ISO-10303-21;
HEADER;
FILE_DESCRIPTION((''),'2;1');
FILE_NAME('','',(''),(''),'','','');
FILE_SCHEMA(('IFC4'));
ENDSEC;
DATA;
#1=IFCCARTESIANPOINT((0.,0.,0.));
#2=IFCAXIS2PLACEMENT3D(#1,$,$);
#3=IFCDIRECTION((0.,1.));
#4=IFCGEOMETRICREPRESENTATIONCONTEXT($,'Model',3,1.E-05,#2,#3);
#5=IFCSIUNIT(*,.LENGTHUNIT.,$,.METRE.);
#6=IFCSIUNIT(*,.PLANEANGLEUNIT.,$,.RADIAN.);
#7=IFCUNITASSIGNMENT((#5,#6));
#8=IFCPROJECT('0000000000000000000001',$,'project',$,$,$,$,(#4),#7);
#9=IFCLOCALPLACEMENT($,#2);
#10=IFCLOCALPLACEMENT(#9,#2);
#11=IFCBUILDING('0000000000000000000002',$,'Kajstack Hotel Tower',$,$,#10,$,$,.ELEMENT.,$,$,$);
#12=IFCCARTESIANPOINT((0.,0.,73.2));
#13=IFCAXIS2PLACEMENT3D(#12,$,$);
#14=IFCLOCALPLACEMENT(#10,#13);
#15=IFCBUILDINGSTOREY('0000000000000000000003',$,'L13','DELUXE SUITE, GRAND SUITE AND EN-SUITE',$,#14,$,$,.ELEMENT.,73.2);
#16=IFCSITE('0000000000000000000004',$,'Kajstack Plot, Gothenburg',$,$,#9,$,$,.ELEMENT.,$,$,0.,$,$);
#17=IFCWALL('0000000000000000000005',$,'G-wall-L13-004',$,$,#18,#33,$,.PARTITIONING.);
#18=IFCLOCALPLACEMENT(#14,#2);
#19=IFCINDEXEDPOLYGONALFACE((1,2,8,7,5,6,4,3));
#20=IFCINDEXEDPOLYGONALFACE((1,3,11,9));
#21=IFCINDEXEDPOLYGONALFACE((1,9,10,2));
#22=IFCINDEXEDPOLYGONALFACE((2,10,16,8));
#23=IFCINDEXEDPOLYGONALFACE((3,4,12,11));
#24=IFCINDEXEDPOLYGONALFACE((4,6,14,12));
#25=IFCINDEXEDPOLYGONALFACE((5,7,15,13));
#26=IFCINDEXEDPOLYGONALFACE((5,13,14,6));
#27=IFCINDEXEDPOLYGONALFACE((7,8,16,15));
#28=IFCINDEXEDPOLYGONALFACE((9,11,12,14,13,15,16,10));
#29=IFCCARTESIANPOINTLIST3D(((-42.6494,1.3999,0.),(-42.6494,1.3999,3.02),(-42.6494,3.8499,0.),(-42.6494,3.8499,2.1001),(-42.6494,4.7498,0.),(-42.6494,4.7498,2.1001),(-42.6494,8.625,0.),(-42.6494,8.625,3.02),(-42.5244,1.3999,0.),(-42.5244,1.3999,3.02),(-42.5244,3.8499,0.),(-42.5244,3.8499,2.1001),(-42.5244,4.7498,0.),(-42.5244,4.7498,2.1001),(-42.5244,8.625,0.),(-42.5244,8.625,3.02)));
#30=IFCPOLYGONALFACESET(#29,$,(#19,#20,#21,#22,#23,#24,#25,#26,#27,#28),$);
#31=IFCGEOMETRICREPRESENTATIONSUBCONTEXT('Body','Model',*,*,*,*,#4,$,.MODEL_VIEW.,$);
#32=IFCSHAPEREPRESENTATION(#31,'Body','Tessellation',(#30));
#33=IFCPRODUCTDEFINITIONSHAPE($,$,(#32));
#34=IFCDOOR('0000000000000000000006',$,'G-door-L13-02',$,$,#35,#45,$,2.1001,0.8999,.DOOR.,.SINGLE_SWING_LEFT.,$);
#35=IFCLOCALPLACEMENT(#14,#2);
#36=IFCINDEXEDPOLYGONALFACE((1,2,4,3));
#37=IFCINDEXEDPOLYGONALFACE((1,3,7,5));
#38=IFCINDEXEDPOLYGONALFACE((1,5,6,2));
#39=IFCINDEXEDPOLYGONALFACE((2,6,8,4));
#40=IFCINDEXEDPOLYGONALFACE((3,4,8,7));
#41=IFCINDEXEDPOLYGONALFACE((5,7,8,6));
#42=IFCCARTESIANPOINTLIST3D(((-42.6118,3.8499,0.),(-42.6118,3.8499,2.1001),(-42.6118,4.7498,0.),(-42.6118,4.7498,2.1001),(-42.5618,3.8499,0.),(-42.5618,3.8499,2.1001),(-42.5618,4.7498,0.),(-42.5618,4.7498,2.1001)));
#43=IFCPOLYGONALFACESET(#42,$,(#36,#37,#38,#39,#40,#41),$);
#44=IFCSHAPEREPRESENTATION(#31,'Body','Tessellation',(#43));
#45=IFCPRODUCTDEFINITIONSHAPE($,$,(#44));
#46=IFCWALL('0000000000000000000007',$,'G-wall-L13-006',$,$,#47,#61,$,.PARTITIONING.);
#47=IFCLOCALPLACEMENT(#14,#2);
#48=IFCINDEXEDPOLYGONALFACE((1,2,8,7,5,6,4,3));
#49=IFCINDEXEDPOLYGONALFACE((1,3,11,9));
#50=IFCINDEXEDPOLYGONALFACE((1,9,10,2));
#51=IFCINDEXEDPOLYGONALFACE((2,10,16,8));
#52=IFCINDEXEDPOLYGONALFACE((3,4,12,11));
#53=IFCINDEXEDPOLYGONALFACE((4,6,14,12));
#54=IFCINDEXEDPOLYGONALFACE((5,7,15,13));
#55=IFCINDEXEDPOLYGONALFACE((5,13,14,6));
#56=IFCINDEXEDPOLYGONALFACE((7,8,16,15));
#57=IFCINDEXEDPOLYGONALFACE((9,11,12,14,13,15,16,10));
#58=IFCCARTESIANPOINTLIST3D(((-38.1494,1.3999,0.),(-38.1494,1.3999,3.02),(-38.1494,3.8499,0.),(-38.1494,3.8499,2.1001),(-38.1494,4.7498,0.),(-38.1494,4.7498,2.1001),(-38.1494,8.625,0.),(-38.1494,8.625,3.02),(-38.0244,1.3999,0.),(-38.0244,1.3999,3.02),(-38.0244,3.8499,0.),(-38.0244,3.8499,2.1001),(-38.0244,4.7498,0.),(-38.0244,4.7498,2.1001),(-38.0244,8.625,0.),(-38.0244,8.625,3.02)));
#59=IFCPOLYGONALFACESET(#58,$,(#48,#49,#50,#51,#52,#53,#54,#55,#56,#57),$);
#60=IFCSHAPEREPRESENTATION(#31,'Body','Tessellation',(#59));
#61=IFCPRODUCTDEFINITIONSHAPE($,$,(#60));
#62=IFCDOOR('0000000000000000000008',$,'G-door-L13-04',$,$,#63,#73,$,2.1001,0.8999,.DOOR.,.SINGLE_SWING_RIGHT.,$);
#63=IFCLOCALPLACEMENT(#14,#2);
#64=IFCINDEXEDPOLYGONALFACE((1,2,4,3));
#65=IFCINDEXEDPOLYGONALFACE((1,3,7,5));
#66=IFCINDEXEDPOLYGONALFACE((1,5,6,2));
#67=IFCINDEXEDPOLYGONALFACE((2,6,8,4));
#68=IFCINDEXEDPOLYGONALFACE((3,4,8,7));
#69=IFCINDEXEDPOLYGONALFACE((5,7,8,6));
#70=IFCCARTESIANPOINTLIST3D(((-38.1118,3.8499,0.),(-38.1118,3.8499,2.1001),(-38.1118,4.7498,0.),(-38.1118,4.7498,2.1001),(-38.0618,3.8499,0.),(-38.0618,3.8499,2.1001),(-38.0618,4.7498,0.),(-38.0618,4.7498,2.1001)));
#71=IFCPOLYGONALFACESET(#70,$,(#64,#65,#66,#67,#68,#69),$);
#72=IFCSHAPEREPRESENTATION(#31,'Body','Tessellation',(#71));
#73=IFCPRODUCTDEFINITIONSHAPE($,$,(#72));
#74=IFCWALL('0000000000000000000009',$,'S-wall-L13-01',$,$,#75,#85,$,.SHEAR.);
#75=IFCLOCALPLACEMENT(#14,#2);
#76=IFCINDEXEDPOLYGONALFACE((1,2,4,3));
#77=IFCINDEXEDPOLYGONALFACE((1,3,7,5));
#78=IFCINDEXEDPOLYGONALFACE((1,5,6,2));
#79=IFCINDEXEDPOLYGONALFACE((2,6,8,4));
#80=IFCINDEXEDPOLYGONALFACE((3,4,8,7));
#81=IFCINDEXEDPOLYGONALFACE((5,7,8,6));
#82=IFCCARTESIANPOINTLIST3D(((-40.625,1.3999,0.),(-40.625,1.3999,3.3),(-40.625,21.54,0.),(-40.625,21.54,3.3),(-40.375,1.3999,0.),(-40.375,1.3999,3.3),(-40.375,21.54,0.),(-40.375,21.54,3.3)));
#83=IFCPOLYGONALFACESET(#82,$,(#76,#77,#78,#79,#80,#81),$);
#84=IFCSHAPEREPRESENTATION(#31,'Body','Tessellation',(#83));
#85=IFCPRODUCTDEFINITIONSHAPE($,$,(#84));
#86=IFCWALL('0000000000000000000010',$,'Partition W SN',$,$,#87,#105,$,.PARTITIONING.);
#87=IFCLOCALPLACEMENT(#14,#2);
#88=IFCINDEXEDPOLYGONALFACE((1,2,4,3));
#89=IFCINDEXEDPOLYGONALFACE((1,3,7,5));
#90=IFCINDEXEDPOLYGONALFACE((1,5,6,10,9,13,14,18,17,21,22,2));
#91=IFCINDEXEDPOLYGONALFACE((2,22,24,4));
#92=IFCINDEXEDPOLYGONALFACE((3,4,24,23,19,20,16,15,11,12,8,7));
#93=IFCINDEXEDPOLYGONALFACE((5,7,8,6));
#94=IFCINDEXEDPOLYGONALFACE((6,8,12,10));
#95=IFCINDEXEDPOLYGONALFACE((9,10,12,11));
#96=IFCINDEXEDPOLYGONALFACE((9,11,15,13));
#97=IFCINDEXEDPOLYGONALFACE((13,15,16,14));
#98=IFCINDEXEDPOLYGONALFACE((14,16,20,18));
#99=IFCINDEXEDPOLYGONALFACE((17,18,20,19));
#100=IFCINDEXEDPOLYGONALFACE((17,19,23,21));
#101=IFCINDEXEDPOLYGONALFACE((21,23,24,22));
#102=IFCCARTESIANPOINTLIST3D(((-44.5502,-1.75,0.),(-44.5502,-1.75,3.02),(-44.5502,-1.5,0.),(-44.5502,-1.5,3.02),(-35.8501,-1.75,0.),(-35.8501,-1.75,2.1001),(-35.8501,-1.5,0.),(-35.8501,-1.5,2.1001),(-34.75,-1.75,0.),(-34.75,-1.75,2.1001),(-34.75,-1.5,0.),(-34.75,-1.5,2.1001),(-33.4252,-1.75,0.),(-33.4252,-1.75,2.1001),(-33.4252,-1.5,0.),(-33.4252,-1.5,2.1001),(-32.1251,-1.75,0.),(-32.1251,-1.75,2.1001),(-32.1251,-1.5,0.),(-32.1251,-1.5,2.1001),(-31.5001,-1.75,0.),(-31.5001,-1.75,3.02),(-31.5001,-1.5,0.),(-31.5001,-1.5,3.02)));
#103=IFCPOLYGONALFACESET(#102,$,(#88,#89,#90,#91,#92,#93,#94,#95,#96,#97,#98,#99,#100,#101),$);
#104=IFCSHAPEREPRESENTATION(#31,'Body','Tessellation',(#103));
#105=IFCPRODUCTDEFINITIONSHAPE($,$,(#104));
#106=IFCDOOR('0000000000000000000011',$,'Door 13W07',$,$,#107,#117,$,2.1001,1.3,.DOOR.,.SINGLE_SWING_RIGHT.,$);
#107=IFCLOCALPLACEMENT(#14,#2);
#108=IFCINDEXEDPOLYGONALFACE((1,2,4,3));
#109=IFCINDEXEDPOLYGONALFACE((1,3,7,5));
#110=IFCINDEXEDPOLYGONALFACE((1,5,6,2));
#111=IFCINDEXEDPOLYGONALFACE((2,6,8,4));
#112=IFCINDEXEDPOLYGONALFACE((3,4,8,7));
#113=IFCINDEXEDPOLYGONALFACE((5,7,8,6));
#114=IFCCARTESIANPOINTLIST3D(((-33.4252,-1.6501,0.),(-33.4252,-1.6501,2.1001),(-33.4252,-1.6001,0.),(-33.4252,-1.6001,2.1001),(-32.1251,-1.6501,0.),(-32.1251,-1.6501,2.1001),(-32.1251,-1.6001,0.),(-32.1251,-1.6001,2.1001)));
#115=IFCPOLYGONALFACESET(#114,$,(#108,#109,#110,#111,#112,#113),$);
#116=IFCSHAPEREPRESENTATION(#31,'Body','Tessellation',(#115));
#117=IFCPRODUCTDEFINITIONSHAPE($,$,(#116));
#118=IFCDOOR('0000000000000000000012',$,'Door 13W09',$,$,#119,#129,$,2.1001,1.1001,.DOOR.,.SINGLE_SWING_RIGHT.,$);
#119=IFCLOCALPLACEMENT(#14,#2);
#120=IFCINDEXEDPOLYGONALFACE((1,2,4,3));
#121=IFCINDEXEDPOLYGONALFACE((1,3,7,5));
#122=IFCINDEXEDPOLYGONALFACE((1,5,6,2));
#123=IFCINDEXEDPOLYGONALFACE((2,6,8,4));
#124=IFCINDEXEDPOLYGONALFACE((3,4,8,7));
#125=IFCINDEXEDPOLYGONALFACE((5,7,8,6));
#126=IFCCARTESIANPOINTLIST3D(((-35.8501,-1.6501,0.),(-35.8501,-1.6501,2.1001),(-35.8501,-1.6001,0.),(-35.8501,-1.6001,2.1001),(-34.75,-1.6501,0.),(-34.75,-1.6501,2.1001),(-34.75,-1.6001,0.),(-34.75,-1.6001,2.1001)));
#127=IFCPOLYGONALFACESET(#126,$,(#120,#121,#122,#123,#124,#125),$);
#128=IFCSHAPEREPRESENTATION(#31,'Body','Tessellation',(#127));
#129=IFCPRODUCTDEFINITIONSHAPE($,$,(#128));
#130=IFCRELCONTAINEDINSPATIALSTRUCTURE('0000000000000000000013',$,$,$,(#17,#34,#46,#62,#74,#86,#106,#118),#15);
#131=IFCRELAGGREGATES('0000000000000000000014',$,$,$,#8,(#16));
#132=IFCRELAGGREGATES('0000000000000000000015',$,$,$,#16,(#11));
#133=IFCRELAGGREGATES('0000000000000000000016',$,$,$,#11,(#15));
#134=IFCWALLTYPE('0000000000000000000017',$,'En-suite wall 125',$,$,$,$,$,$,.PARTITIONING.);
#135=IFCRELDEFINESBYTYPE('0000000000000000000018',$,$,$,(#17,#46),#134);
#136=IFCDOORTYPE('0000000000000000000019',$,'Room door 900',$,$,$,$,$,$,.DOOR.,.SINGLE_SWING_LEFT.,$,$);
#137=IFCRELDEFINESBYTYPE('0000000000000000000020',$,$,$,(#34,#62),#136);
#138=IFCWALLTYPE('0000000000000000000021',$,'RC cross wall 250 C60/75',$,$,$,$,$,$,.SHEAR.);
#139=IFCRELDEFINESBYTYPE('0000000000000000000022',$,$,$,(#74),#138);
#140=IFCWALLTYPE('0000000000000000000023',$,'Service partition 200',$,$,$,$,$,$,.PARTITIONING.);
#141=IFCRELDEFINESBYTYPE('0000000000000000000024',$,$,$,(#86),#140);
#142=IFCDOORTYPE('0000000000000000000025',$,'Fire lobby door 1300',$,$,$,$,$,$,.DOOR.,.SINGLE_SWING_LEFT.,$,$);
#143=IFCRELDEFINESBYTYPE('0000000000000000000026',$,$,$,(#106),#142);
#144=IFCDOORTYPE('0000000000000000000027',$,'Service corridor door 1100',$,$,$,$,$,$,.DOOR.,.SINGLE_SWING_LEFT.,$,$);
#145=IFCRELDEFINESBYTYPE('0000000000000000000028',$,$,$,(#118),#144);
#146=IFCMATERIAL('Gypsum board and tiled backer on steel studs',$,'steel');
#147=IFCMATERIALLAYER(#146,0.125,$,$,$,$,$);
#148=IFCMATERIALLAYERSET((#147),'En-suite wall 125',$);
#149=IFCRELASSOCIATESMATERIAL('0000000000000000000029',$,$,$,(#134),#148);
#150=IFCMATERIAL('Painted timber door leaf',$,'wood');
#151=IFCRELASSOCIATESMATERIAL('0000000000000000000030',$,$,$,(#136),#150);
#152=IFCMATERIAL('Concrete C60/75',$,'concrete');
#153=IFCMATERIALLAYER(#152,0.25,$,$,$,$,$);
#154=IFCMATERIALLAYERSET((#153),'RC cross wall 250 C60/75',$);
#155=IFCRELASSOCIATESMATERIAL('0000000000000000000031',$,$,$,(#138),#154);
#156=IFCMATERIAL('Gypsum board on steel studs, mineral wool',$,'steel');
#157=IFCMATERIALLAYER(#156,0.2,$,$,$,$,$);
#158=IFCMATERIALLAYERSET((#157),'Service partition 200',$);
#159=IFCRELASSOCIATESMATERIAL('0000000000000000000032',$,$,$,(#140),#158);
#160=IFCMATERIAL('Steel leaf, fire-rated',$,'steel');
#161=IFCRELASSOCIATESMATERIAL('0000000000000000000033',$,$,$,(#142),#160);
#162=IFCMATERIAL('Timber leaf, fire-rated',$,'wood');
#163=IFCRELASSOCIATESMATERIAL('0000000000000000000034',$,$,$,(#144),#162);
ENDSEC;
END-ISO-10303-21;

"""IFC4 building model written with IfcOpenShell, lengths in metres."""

from ifc_helpers import new_model, si_unit, direction, frame, frame_2d, origin, place, context, subcontext, project, spatial, rectangle, extrude, material, layer, layer_set, type_object, element, fill, save


model = new_model("IFC4")

# Units and contexts
model_context = context("Model", 3, precision=1e-05, world=origin(), true_north=direction((0.0, 1.0)))
body_context = subcontext(model_context, "Body", "Model", "MODEL_VIEW")
ifc_project = project(units=[si_unit("LENGTHUNIT", "METRE"), si_unit("PLANEANGLEUNIT", "RADIAN")], contexts=[model_context])

# Site, building, storey
site_placement = place(None, origin())
site = spatial("IfcSite", under=ifc_project, at=site_placement, Name="Kajstack Plot, Gothenburg", CompositionType="ELEMENT", RefElevation=0.0)
building_placement = place(site_placement, origin())
building = spatial("IfcBuilding", under=site, at=building_placement, Name="Kajstack Hotel Tower", CompositionType="ELEMENT")
storey_placement = place(building_placement, frame((0.0, 0.0, 73.2)))
storey = spatial("IfcBuildingStorey", under=building, at=storey_placement, Name="L13", Description="DELUXE SUITE, GRAND SUITE AND EN-SUITE", CompositionType="ELEMENT", Elevation=73.2)

# Shared definitions
ifc_material_1 = material(Name="Gypsum board on steel studs, mineral wool", Category="steel")

# Walls, openings, doors
ifc_material_2 = material(Name="Gypsum board and tiled backer on steel studs", Category="steel")
ifc_layer_1 = layer(ifc_material_2, 0.125)
ifc_layer_set_1 = layer_set([ifc_layer_1], Name="En-suite wall 125")
wall_type_1 = type_object("IfcWallType", Name="En-suite wall 125", PredefinedType="PARTITIONING", material=ifc_layer_set_1)
wall_1_placement = place(storey_placement, frame((-42.5869, 1.3999, 0.0), z_axis=(0.0, 0.0, 1.0), x_axis=(0.0, 1.0, 0.0)))
wall_1 = element("IfcWall", 1, at=wall_1_placement, inside=storey, type_object=wall_type_1, Name="G-wall-L13-004", PredefinedType="PARTITIONING", context=body_context, shape_type="SweptSolid", body=[
    extrude(rectangle(XDim=7.2251, YDim=0.125, at=frame_2d((3.6125, 0.0))), origin(), (0.0, 0.0, 1.0), 3.02),
])
opening_1_placement = place(wall_1_placement, frame((2.45, 0.0, 0.0)))
opening_1 = element("IfcOpeningElement", 2, at=opening_1_placement, cuts=wall_1, PredefinedType="OPENING", context=body_context, shape_type="SweptSolid", body=[
    extrude(rectangle(XDim=0.8999, YDim=2.1001, at=frame_2d((0.45, 1.05))), frame((0.0, 0.0725, 0.0), z_axis=(0.0, -1.0, 0.0), x_axis=(1.0, 0.0, 0.0)), (0.0, 0.0, 1.0), 0.145),
])
ifc_material_3 = material(Name="Painted timber door leaf", Category="wood")
door_type_1 = type_object("IfcDoorType", Name="Room door 900", OperationType="SINGLE_SWING_LEFT", PredefinedType="DOOR", material=ifc_material_3)
door_1_placement = place(opening_1_placement, origin())
door_1 = element("IfcDoor", 3, at=door_1_placement, inside=storey, type_object=door_type_1, Name="G-door-L13-02", OperationType="SINGLE_SWING_LEFT", OverallHeight=2.1001, OverallWidth=0.8999, PredefinedType="DOOR", context=body_context, shape_type="SweptSolid", body=[
    extrude(rectangle(XDim=0.8999, YDim=2.1001, at=frame_2d((0.45, 1.05))), frame((0.0, 0.0249, 0.0), z_axis=(0.0, -1.0, 0.0), x_axis=(1.0, 0.0, 0.0)), (0.0, 0.0, 1.0), 0.05),
])
fill(opening_1, door_1)
wall_2_placement = place(storey_placement, frame((-38.0869, 1.3999, 0.0), z_axis=(0.0, 0.0, 1.0), x_axis=(0.0, 1.0, 0.0)))
wall_2 = element("IfcWall", 4, at=wall_2_placement, inside=storey, type_object=wall_type_1, Name="G-wall-L13-006", PredefinedType="PARTITIONING", context=body_context, shape_type="SweptSolid", body=[
    extrude(rectangle(XDim=7.2251, YDim=0.125, at=frame_2d((3.6125, 0.0))), origin(), (0.0, 0.0, 1.0), 3.02),
])
opening_2_placement = place(wall_2_placement, frame((2.45, 0.0, 0.0)))
opening_2 = element("IfcOpeningElement", 5, at=opening_2_placement, cuts=wall_2, PredefinedType="OPENING", context=body_context, shape_type="SweptSolid", body=[
    extrude(rectangle(XDim=0.8999, YDim=2.1001, at=frame_2d((0.45, 1.05))), frame((0.0, 0.0725, 0.0), z_axis=(0.0, -1.0, 0.0), x_axis=(1.0, 0.0, 0.0)), (0.0, 0.0, 1.0), 0.145),
])
door_2_placement = place(opening_2_placement, origin())
door_2 = element("IfcDoor", 6, at=door_2_placement, inside=storey, type_object=door_type_1, Name="G-door-L13-04", OperationType="SINGLE_SWING_RIGHT", OverallHeight=2.1001, OverallWidth=0.8999, PredefinedType="DOOR", context=body_context, shape_type="SweptSolid", body=[
    extrude(rectangle(XDim=0.8999, YDim=2.1001, at=frame_2d((0.45, 1.05))), frame((0.0, 0.0249, 0.0), z_axis=(0.0, -1.0, 0.0), x_axis=(1.0, 0.0, 0.0)), (0.0, 0.0, 1.0), 0.05),
])
fill(opening_2, door_2)

# Wall
ifc_material_4 = material(Name="Concrete C60/75", Category="concrete")
ifc_layer_2 = layer(ifc_material_4, 0.25)
ifc_layer_set_2 = layer_set([ifc_layer_2], Name="RC cross wall 250 C60/75")
wall_type_2 = type_object("IfcWallType", Name="RC cross wall 250 C60/75", PredefinedType="SHEAR", material=ifc_layer_set_2)
wall_3_placement = place(storey_placement, frame((-40.5, 1.3999, 0.0), z_axis=(0.0, 0.0, 1.0), x_axis=(0.0, 1.0, 0.0)))
element("IfcWall", 7, at=wall_3_placement, inside=storey, type_object=wall_type_2, Name="S-wall-L13-01", PredefinedType="SHEAR", context=body_context, shape_type="SweptSolid", body=[
    extrude(rectangle(XDim=20.1401, YDim=0.25, at=frame_2d((10.0701, 0.0))), origin(), (0.0, 0.0, 1.0), 3.3),
])

# Wall, openings, doors
ifc_layer_3 = layer(ifc_material_1, 0.2)
ifc_layer_set_3 = layer_set([ifc_layer_3], Name="Service partition 200")
wall_type_3 = type_object("IfcWallType", Name="Service partition 200", PredefinedType="PARTITIONING", material=ifc_layer_set_3)
wall_4_placement = place(storey_placement, frame((-44.55, -1.625, 0.0), z_axis=(0.0, 0.0, 1.0), x_axis=(1.0, 0.0, 0.0)))
wall_4 = element("IfcWall", 8, at=wall_4_placement, inside=storey, type_object=wall_type_3, Name="Partition W SN", PredefinedType="PARTITIONING", context=body_context, shape_type="SweptSolid", body=[
    extrude(rectangle(XDim=13.05, YDim=0.25, at=frame_2d((6.5249, 0.0))), origin(), (0.0, 0.0, 1.0), 3.02),
])
opening_3_placement = place(wall_4_placement, frame((11.125, 0.0, 0.0)))
opening_3 = element("IfcOpeningElement", 9, at=opening_3_placement, cuts=wall_4, PredefinedType="OPENING", context=body_context, shape_type="SweptSolid", body=[
    extrude(rectangle(XDim=1.3, YDim=2.1001, at=frame_2d((0.6499, 1.05))), frame((0.0, 0.135, 0.0), z_axis=(0.0, -1.0, 0.0), x_axis=(1.0, 0.0, 0.0)), (0.0, 0.0, 1.0), 0.27),
])
opening_4_placement = place(wall_4_placement, frame((8.7, 0.0, 0.0)))
opening_4 = element("IfcOpeningElement", 10, at=opening_4_placement, cuts=wall_4, PredefinedType="OPENING", context=body_context, shape_type="SweptSolid", body=[
    extrude(rectangle(XDim=1.1001, YDim=2.1001, at=frame_2d((0.55, 1.05))), frame((0.0, 0.135, 0.0), z_axis=(0.0, -1.0, 0.0), x_axis=(1.0, 0.0, 0.0)), (0.0, 0.0, 1.0), 0.27),
])
ifc_material_5 = material(Name="Steel leaf, fire-rated", Category="steel")
door_type_2 = type_object("IfcDoorType", Name="Fire lobby door 1300", OperationType="SINGLE_SWING_LEFT", PredefinedType="DOOR", material=ifc_material_5)
door_3_placement = place(opening_3_placement, origin())
door_3 = element("IfcDoor", 11, at=door_3_placement, inside=storey, type_object=door_type_2, Name="Door 13W07", OperationType="SINGLE_SWING_RIGHT", OverallHeight=2.1001, OverallWidth=1.3, PredefinedType="DOOR", context=body_context, shape_type="SweptSolid", body=[
    extrude(rectangle(XDim=1.3, YDim=2.1001, at=frame_2d((0.6499, 1.05))), frame((0.0, 0.0249, 0.0), z_axis=(0.0, -1.0, 0.0), x_axis=(1.0, 0.0, 0.0)), (0.0, 0.0, 1.0), 0.05),
])
fill(opening_3, door_3)
ifc_material_6 = material(Name="Timber leaf, fire-rated", Category="wood")
door_type_3 = type_object("IfcDoorType", Name="Service corridor door 1100", OperationType="SINGLE_SWING_LEFT", PredefinedType="DOOR", material=ifc_material_6)
door_4_placement = place(opening_4_placement, origin())
door_4 = element("IfcDoor", 12, at=door_4_placement, inside=storey, type_object=door_type_3, Name="Door 13W09", OperationType="SINGLE_SWING_RIGHT", OverallHeight=2.1001, OverallWidth=1.1001, PredefinedType="DOOR", context=body_context, shape_type="SweptSolid", body=[
    extrude(rectangle(XDim=1.1001, YDim=2.1001, at=frame_2d((0.55, 1.05))), frame((0.0, 0.0249, 0.0), z_axis=(0.0, -1.0, 0.0), x_axis=(1.0, 0.0, 0.0)), (0.0, 0.0, 1.0), 0.05),
])
fill(opening_4, door_4)

save(model, "model.ifc")
